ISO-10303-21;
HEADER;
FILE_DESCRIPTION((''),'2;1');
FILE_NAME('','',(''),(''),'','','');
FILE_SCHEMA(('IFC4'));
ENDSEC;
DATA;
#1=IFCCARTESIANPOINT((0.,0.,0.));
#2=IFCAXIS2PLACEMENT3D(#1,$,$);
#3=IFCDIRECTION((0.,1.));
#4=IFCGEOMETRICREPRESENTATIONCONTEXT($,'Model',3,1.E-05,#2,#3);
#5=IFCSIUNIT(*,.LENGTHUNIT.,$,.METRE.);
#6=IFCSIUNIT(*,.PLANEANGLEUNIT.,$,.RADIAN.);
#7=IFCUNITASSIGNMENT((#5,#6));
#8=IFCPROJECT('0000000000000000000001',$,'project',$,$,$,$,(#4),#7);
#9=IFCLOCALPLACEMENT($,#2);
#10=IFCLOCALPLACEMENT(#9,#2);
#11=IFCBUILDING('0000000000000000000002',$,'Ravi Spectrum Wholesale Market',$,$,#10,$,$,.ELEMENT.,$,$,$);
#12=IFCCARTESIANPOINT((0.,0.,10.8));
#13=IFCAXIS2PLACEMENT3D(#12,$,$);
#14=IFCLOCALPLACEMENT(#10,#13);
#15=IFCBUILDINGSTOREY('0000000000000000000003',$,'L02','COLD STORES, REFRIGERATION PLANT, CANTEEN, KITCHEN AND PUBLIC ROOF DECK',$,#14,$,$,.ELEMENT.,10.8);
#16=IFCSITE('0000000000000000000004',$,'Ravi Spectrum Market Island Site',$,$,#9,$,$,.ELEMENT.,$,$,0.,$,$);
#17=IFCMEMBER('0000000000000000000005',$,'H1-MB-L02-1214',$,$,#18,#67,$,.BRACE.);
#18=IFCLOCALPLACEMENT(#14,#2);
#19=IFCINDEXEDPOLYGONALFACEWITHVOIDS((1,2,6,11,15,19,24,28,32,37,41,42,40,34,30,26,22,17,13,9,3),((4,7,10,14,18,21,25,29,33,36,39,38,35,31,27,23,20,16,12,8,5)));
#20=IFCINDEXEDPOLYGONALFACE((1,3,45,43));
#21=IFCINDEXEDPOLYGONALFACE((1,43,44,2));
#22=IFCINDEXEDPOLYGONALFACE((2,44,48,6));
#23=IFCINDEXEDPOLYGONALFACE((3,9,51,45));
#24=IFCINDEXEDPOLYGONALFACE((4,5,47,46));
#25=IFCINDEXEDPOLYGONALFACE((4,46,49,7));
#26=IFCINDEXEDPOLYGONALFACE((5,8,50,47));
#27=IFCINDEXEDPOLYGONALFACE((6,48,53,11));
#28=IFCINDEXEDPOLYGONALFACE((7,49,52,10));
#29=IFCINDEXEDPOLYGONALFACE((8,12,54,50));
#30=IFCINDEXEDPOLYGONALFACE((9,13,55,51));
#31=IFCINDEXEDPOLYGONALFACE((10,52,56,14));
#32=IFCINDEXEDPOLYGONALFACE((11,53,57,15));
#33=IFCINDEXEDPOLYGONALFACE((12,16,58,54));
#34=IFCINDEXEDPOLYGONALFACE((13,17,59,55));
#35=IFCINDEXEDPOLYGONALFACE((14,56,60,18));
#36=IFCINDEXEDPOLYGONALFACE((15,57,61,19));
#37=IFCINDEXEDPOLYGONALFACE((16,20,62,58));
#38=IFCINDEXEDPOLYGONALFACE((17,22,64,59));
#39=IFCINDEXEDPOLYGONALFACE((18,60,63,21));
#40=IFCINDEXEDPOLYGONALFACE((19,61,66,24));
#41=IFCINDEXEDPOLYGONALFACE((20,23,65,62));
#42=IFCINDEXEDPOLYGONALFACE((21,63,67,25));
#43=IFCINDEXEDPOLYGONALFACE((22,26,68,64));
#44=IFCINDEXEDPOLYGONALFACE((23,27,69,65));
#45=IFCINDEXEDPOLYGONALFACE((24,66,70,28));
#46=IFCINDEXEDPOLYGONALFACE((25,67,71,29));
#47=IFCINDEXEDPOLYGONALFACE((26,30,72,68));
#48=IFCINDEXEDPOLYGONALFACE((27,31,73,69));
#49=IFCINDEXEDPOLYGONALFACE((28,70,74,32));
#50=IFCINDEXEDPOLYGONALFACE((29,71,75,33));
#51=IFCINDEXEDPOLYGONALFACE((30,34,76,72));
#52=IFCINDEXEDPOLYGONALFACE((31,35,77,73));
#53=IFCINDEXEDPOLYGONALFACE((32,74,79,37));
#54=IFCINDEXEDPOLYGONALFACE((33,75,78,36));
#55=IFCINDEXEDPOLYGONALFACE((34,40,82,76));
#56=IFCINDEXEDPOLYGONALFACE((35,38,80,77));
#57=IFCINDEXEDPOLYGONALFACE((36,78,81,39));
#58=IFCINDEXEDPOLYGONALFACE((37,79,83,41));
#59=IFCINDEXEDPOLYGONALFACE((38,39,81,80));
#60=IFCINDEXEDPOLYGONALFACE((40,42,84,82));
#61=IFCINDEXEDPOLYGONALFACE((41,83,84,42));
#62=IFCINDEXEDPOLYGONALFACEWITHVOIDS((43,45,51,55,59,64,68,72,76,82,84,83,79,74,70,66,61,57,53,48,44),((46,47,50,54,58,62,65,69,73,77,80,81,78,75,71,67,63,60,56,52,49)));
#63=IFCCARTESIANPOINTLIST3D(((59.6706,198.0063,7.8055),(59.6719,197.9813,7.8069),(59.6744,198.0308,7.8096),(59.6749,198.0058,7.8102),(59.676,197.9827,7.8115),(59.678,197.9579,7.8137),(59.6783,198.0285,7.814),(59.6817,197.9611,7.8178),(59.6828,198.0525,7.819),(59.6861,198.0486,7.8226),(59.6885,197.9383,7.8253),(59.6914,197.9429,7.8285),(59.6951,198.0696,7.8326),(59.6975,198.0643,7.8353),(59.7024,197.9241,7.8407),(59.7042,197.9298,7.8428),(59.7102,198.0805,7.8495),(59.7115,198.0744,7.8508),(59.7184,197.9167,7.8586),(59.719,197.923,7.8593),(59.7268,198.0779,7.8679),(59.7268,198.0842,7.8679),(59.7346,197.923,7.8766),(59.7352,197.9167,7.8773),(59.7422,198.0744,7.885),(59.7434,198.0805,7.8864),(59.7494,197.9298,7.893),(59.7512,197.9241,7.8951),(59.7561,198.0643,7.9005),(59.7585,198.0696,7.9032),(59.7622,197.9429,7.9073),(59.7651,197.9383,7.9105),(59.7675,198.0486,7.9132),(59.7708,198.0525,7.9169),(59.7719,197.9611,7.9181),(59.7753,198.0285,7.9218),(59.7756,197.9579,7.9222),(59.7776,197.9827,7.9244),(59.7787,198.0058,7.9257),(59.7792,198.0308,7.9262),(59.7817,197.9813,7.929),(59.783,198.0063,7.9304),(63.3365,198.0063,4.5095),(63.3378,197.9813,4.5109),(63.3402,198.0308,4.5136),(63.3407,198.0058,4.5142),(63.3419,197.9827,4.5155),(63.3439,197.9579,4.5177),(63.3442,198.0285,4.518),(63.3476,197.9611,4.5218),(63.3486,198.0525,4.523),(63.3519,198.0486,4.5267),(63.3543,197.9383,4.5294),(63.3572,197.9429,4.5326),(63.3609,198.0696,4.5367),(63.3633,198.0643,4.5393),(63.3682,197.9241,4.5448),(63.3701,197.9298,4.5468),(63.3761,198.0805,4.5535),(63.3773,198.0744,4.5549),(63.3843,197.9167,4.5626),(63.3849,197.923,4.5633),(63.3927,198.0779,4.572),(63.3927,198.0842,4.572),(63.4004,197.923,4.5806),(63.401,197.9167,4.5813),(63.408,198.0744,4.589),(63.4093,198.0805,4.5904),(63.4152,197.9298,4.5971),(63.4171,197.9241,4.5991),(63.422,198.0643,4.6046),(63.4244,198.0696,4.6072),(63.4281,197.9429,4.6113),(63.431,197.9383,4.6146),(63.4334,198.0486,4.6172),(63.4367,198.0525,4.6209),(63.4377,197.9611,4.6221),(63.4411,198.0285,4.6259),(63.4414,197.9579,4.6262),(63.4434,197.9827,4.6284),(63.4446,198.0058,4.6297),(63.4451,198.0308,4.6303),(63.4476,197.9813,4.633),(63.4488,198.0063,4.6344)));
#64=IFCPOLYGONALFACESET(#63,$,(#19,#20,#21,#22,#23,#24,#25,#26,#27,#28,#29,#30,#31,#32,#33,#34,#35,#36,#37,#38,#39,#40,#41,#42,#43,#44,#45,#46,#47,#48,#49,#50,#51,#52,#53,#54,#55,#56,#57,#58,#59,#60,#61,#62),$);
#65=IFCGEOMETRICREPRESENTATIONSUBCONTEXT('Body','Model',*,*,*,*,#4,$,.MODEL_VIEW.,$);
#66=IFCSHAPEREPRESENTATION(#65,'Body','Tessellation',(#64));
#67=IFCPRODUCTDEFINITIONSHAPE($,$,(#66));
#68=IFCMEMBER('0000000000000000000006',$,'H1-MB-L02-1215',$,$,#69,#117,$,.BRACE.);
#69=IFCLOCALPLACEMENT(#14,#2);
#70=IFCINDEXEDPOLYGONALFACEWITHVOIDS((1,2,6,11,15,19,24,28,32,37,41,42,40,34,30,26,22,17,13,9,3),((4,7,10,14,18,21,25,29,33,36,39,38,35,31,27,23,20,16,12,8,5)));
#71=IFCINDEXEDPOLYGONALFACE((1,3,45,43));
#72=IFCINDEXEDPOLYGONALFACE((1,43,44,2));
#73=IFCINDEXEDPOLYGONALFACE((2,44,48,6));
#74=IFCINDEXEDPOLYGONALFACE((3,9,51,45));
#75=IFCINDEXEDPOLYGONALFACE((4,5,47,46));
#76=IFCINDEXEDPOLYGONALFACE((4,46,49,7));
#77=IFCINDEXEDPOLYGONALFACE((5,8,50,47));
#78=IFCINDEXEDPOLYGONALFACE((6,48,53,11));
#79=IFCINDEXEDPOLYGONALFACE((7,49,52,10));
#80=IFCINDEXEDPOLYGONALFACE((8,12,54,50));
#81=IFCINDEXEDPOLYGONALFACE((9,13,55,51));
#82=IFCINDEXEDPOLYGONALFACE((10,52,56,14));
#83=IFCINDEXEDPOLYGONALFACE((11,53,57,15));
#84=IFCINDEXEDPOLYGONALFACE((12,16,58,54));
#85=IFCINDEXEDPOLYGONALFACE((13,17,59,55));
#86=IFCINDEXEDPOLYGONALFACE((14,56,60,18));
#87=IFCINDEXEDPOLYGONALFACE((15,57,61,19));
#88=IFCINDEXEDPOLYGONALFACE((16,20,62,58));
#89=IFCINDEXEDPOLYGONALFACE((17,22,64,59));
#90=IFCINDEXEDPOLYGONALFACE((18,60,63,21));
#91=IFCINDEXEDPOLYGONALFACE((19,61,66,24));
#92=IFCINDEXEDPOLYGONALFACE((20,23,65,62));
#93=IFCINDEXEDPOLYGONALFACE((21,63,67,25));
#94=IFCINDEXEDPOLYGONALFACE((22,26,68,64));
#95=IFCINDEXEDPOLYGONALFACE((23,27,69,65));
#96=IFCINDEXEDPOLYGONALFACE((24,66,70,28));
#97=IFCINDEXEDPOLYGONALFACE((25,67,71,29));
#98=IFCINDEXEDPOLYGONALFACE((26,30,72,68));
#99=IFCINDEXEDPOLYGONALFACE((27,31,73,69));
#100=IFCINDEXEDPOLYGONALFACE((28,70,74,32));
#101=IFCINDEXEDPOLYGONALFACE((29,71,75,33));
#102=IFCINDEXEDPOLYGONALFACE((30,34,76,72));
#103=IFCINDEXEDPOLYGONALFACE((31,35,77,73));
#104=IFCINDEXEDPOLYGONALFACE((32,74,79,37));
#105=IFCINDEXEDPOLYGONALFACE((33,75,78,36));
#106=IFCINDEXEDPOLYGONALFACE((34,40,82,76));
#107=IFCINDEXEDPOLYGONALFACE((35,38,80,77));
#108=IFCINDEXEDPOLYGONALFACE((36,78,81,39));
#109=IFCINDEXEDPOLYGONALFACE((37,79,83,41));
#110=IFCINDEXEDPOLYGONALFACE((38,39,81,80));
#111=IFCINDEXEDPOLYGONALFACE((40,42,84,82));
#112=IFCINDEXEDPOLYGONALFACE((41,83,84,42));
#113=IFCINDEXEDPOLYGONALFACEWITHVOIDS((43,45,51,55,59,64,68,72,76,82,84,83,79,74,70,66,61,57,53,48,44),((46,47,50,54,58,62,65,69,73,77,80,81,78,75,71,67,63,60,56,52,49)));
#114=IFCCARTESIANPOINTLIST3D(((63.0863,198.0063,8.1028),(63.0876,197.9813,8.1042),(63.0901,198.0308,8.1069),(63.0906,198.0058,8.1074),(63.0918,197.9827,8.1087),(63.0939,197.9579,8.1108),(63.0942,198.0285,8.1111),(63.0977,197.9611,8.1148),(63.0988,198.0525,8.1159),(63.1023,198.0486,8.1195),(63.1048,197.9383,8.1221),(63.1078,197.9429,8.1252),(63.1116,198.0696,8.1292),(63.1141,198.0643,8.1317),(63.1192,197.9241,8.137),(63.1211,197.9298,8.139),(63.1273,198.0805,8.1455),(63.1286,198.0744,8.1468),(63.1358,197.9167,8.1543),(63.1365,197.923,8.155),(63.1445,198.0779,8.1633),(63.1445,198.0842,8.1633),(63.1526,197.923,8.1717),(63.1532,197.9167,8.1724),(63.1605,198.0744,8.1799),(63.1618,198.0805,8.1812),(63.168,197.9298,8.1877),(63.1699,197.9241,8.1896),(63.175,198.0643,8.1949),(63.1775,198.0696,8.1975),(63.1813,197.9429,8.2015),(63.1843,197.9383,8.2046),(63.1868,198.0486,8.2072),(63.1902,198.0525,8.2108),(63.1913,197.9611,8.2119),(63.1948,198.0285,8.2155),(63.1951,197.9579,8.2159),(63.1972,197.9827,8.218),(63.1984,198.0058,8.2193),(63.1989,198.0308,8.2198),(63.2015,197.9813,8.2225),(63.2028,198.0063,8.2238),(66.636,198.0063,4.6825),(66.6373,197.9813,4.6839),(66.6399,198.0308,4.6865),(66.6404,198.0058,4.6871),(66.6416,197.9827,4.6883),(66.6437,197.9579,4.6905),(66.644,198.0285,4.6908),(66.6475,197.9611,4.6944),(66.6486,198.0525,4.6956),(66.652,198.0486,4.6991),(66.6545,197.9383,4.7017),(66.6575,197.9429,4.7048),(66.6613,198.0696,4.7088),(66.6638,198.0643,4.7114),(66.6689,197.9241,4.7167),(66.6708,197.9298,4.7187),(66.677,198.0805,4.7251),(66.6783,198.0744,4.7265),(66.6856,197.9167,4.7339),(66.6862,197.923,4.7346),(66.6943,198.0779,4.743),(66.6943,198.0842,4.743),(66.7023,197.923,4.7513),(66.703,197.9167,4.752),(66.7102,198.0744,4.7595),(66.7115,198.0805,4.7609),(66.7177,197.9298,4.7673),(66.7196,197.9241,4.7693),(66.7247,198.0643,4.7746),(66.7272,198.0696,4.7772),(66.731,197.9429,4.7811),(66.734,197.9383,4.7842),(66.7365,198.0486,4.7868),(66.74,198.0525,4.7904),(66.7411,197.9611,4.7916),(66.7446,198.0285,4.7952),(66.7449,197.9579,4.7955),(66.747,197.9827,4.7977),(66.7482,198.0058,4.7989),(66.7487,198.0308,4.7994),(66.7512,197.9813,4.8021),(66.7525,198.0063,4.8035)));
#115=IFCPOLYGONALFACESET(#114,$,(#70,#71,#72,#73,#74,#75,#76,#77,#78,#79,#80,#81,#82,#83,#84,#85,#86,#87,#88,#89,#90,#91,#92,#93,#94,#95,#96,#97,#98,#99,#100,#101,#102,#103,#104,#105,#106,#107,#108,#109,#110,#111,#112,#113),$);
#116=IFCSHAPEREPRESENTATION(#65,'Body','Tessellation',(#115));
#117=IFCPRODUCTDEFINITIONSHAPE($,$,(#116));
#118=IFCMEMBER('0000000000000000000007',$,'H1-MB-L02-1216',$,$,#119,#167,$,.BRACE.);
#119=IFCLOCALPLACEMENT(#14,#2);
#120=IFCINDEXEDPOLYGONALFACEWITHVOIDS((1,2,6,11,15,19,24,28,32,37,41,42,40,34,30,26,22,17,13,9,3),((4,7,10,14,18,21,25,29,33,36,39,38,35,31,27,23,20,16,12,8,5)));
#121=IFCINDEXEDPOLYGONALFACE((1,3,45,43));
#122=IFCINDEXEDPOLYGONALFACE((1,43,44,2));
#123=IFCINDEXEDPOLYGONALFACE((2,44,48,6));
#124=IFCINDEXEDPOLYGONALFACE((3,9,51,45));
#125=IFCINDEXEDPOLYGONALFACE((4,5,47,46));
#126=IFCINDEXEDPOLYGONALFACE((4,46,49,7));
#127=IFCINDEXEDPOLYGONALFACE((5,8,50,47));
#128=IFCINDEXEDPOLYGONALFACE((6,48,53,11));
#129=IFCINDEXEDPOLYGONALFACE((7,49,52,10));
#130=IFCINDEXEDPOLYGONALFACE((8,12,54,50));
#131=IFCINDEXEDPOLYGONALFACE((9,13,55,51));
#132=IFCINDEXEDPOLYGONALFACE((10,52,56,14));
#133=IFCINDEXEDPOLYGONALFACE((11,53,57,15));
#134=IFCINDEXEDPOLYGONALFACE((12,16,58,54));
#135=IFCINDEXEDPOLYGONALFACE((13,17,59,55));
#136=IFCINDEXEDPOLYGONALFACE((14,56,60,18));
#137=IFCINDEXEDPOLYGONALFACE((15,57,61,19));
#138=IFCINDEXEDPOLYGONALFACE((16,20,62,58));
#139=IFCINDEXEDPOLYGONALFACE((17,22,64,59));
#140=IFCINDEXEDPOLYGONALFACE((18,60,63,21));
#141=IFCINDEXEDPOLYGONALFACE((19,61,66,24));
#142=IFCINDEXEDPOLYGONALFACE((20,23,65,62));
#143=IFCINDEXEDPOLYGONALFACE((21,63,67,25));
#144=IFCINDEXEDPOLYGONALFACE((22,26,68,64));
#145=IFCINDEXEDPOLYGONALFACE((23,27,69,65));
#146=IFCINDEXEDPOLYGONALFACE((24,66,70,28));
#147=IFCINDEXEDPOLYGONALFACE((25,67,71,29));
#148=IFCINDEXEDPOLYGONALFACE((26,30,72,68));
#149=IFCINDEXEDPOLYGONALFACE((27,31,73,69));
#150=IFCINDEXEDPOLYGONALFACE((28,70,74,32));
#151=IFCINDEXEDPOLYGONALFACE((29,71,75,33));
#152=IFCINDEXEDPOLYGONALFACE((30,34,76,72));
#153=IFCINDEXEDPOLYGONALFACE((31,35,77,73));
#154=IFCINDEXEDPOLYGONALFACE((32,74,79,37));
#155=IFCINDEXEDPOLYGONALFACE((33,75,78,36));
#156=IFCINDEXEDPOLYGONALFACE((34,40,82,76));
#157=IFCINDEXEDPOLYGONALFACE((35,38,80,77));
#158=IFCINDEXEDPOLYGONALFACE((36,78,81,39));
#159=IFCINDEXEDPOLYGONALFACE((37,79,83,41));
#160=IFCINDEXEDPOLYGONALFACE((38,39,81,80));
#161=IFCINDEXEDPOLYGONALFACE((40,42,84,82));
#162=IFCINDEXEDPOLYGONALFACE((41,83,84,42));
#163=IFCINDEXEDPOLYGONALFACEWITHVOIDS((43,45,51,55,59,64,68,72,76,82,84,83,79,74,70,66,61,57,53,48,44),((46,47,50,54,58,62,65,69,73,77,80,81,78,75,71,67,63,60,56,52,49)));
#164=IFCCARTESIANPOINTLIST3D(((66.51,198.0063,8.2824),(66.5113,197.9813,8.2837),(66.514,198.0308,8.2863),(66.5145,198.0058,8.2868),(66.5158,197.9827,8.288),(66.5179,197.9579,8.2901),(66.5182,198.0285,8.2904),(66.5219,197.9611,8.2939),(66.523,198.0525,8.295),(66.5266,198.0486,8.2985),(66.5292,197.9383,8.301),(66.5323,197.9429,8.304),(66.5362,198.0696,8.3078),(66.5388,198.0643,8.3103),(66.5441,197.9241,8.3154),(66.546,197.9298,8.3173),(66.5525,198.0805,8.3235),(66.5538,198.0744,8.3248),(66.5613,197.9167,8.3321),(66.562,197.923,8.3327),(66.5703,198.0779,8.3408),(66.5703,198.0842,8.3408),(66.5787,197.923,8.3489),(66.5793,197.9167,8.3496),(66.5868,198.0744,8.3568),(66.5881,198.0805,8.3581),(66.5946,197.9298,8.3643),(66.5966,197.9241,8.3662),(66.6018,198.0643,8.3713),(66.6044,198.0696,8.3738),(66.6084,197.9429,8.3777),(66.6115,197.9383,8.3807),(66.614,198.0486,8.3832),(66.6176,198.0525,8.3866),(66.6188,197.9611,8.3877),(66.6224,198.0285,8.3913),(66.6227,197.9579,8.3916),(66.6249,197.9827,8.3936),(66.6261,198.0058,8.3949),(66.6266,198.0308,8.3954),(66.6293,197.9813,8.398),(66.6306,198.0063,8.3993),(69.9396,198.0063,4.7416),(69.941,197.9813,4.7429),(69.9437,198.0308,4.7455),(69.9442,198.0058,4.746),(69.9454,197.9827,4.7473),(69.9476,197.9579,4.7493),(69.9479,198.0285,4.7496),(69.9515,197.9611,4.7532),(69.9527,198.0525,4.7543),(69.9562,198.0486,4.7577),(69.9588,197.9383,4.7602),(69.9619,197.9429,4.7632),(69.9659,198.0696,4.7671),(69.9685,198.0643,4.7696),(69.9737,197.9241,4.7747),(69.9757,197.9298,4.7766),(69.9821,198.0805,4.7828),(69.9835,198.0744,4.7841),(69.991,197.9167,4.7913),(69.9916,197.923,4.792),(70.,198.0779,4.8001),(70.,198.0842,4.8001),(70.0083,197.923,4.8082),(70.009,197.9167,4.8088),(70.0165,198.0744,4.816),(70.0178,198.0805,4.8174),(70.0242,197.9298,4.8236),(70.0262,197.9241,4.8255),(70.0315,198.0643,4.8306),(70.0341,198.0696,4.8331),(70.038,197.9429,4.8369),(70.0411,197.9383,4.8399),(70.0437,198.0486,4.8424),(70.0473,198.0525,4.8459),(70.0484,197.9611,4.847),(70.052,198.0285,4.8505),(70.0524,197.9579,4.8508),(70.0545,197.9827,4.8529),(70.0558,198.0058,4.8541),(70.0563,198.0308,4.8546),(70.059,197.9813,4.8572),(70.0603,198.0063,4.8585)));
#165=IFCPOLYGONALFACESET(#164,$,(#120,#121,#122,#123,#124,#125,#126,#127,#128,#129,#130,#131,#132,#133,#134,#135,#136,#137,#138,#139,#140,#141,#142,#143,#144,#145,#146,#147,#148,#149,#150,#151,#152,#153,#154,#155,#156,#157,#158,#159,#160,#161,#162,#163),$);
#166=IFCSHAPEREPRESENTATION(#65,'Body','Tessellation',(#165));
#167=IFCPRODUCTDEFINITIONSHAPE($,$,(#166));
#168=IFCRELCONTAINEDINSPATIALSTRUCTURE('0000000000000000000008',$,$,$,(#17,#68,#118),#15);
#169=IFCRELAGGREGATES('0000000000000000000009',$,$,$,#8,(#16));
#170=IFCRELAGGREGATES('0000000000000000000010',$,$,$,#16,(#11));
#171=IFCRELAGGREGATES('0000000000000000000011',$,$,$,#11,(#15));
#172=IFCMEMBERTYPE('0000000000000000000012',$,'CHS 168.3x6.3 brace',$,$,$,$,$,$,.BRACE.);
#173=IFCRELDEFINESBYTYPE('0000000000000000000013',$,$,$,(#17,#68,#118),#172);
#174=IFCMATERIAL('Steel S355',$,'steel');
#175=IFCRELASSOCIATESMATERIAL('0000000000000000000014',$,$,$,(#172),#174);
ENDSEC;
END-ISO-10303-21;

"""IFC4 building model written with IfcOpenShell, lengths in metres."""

from ifc_helpers import new_model, si_unit, direction, frame, origin, origin_2d, place, context, subcontext, project, spatial, hollow_circle, extrude, material, material_profile, profile_set, type_object, element, save


model = new_model("IFC4")

# Units and contexts
model_context = context("Model", 3, precision=1e-05, world=origin(), true_north=direction((0.0, 1.0)))
body_context = subcontext(model_context, "Body", "Model", "MODEL_VIEW")
ifc_project = project(units=[si_unit("LENGTHUNIT", "METRE"), si_unit("PLANEANGLEUNIT", "RADIAN")], contexts=[model_context])

# Site, building, storey
site_placement = place(None, origin())
site = spatial("IfcSite", under=ifc_project, at=site_placement, Name="Ravi Spectrum Market Island Site", CompositionType="ELEMENT", RefElevation=0.0)
building_placement = place(site_placement, origin())
building = spatial("IfcBuilding", under=site, at=building_placement, Name="Ravi Spectrum Wholesale Market", CompositionType="ELEMENT")
storey_placement = place(building_placement, frame((0.0, 0.0, 10.8)))
storey = spatial("IfcBuildingStorey", under=building, at=storey_placement, Name="L02", Description="COLD STORES, REFRIGERATION PLANT, CANTEEN, KITCHEN AND PUBLIC ROOF DECK", CompositionType="ELEMENT", Elevation=10.8)

# Members
ifc_material_1 = material(Name="Steel S355", Category="steel")
ifc_material_profile_1 = material_profile(ifc_material_1, hollow_circle(Radius=0.0842, WallThickness=0.0063, at=origin_2d()))
ifc_profile_set_1 = profile_set([ifc_material_profile_1], Name="Steel S355")
member_type_1 = type_object("IfcMemberType", Name="CHS 168.3x6.3 brace", PredefinedType="BRACE", material=ifc_profile_set_1)
for number, where, z_axis, x_axis, name in (
    (1, (59.7268, 198.0, 7.8679), (0.743627, 0.0, -0.668595), (0.0, 1.0, 0.0), "H1-MB-L02-1214"),
):
    element("IfcMember", number, at=place(storey_placement, frame(where, z_axis=z_axis, x_axis=x_axis)), inside=storey, type_object=member_type_1, Name=name, PredefinedType="BRACE", context=body_context, shape_type="SweptSolid", body=[
        extrude(hollow_circle(Radius=0.0842, WallThickness=0.0063, at=origin_2d()), origin(), (0.0, 0.0, 1.0), 4.9297),
    ])
for number, where, z_axis, x_axis, name in (
    (2, (63.1445, 198.0, 8.1633), (0.720109, 0.0, -0.693861), (0.0, 1.0, 0.0), "H1-MB-L02-1215"),
    (3, (66.5703, 198.0, 8.3408), (0.69575, 0.0, -0.718284), (0.0, 1.0, 0.0), "H1-MB-L02-1216"),
):
    element("IfcMember", number, at=place(storey_placement, frame(where, z_axis=z_axis, x_axis=x_axis)), inside=storey, type_object=member_type_1, Name=name, PredefinedType="BRACE", context=body_context, shape_type="SweptSolid", body=[
        extrude(hollow_circle(Radius=0.0842, WallThickness=0.0063, at=origin_2d()), origin(), (0.0, 0.0, 1.0), 4.9294),
    ])

save(model, "model.ifc")
